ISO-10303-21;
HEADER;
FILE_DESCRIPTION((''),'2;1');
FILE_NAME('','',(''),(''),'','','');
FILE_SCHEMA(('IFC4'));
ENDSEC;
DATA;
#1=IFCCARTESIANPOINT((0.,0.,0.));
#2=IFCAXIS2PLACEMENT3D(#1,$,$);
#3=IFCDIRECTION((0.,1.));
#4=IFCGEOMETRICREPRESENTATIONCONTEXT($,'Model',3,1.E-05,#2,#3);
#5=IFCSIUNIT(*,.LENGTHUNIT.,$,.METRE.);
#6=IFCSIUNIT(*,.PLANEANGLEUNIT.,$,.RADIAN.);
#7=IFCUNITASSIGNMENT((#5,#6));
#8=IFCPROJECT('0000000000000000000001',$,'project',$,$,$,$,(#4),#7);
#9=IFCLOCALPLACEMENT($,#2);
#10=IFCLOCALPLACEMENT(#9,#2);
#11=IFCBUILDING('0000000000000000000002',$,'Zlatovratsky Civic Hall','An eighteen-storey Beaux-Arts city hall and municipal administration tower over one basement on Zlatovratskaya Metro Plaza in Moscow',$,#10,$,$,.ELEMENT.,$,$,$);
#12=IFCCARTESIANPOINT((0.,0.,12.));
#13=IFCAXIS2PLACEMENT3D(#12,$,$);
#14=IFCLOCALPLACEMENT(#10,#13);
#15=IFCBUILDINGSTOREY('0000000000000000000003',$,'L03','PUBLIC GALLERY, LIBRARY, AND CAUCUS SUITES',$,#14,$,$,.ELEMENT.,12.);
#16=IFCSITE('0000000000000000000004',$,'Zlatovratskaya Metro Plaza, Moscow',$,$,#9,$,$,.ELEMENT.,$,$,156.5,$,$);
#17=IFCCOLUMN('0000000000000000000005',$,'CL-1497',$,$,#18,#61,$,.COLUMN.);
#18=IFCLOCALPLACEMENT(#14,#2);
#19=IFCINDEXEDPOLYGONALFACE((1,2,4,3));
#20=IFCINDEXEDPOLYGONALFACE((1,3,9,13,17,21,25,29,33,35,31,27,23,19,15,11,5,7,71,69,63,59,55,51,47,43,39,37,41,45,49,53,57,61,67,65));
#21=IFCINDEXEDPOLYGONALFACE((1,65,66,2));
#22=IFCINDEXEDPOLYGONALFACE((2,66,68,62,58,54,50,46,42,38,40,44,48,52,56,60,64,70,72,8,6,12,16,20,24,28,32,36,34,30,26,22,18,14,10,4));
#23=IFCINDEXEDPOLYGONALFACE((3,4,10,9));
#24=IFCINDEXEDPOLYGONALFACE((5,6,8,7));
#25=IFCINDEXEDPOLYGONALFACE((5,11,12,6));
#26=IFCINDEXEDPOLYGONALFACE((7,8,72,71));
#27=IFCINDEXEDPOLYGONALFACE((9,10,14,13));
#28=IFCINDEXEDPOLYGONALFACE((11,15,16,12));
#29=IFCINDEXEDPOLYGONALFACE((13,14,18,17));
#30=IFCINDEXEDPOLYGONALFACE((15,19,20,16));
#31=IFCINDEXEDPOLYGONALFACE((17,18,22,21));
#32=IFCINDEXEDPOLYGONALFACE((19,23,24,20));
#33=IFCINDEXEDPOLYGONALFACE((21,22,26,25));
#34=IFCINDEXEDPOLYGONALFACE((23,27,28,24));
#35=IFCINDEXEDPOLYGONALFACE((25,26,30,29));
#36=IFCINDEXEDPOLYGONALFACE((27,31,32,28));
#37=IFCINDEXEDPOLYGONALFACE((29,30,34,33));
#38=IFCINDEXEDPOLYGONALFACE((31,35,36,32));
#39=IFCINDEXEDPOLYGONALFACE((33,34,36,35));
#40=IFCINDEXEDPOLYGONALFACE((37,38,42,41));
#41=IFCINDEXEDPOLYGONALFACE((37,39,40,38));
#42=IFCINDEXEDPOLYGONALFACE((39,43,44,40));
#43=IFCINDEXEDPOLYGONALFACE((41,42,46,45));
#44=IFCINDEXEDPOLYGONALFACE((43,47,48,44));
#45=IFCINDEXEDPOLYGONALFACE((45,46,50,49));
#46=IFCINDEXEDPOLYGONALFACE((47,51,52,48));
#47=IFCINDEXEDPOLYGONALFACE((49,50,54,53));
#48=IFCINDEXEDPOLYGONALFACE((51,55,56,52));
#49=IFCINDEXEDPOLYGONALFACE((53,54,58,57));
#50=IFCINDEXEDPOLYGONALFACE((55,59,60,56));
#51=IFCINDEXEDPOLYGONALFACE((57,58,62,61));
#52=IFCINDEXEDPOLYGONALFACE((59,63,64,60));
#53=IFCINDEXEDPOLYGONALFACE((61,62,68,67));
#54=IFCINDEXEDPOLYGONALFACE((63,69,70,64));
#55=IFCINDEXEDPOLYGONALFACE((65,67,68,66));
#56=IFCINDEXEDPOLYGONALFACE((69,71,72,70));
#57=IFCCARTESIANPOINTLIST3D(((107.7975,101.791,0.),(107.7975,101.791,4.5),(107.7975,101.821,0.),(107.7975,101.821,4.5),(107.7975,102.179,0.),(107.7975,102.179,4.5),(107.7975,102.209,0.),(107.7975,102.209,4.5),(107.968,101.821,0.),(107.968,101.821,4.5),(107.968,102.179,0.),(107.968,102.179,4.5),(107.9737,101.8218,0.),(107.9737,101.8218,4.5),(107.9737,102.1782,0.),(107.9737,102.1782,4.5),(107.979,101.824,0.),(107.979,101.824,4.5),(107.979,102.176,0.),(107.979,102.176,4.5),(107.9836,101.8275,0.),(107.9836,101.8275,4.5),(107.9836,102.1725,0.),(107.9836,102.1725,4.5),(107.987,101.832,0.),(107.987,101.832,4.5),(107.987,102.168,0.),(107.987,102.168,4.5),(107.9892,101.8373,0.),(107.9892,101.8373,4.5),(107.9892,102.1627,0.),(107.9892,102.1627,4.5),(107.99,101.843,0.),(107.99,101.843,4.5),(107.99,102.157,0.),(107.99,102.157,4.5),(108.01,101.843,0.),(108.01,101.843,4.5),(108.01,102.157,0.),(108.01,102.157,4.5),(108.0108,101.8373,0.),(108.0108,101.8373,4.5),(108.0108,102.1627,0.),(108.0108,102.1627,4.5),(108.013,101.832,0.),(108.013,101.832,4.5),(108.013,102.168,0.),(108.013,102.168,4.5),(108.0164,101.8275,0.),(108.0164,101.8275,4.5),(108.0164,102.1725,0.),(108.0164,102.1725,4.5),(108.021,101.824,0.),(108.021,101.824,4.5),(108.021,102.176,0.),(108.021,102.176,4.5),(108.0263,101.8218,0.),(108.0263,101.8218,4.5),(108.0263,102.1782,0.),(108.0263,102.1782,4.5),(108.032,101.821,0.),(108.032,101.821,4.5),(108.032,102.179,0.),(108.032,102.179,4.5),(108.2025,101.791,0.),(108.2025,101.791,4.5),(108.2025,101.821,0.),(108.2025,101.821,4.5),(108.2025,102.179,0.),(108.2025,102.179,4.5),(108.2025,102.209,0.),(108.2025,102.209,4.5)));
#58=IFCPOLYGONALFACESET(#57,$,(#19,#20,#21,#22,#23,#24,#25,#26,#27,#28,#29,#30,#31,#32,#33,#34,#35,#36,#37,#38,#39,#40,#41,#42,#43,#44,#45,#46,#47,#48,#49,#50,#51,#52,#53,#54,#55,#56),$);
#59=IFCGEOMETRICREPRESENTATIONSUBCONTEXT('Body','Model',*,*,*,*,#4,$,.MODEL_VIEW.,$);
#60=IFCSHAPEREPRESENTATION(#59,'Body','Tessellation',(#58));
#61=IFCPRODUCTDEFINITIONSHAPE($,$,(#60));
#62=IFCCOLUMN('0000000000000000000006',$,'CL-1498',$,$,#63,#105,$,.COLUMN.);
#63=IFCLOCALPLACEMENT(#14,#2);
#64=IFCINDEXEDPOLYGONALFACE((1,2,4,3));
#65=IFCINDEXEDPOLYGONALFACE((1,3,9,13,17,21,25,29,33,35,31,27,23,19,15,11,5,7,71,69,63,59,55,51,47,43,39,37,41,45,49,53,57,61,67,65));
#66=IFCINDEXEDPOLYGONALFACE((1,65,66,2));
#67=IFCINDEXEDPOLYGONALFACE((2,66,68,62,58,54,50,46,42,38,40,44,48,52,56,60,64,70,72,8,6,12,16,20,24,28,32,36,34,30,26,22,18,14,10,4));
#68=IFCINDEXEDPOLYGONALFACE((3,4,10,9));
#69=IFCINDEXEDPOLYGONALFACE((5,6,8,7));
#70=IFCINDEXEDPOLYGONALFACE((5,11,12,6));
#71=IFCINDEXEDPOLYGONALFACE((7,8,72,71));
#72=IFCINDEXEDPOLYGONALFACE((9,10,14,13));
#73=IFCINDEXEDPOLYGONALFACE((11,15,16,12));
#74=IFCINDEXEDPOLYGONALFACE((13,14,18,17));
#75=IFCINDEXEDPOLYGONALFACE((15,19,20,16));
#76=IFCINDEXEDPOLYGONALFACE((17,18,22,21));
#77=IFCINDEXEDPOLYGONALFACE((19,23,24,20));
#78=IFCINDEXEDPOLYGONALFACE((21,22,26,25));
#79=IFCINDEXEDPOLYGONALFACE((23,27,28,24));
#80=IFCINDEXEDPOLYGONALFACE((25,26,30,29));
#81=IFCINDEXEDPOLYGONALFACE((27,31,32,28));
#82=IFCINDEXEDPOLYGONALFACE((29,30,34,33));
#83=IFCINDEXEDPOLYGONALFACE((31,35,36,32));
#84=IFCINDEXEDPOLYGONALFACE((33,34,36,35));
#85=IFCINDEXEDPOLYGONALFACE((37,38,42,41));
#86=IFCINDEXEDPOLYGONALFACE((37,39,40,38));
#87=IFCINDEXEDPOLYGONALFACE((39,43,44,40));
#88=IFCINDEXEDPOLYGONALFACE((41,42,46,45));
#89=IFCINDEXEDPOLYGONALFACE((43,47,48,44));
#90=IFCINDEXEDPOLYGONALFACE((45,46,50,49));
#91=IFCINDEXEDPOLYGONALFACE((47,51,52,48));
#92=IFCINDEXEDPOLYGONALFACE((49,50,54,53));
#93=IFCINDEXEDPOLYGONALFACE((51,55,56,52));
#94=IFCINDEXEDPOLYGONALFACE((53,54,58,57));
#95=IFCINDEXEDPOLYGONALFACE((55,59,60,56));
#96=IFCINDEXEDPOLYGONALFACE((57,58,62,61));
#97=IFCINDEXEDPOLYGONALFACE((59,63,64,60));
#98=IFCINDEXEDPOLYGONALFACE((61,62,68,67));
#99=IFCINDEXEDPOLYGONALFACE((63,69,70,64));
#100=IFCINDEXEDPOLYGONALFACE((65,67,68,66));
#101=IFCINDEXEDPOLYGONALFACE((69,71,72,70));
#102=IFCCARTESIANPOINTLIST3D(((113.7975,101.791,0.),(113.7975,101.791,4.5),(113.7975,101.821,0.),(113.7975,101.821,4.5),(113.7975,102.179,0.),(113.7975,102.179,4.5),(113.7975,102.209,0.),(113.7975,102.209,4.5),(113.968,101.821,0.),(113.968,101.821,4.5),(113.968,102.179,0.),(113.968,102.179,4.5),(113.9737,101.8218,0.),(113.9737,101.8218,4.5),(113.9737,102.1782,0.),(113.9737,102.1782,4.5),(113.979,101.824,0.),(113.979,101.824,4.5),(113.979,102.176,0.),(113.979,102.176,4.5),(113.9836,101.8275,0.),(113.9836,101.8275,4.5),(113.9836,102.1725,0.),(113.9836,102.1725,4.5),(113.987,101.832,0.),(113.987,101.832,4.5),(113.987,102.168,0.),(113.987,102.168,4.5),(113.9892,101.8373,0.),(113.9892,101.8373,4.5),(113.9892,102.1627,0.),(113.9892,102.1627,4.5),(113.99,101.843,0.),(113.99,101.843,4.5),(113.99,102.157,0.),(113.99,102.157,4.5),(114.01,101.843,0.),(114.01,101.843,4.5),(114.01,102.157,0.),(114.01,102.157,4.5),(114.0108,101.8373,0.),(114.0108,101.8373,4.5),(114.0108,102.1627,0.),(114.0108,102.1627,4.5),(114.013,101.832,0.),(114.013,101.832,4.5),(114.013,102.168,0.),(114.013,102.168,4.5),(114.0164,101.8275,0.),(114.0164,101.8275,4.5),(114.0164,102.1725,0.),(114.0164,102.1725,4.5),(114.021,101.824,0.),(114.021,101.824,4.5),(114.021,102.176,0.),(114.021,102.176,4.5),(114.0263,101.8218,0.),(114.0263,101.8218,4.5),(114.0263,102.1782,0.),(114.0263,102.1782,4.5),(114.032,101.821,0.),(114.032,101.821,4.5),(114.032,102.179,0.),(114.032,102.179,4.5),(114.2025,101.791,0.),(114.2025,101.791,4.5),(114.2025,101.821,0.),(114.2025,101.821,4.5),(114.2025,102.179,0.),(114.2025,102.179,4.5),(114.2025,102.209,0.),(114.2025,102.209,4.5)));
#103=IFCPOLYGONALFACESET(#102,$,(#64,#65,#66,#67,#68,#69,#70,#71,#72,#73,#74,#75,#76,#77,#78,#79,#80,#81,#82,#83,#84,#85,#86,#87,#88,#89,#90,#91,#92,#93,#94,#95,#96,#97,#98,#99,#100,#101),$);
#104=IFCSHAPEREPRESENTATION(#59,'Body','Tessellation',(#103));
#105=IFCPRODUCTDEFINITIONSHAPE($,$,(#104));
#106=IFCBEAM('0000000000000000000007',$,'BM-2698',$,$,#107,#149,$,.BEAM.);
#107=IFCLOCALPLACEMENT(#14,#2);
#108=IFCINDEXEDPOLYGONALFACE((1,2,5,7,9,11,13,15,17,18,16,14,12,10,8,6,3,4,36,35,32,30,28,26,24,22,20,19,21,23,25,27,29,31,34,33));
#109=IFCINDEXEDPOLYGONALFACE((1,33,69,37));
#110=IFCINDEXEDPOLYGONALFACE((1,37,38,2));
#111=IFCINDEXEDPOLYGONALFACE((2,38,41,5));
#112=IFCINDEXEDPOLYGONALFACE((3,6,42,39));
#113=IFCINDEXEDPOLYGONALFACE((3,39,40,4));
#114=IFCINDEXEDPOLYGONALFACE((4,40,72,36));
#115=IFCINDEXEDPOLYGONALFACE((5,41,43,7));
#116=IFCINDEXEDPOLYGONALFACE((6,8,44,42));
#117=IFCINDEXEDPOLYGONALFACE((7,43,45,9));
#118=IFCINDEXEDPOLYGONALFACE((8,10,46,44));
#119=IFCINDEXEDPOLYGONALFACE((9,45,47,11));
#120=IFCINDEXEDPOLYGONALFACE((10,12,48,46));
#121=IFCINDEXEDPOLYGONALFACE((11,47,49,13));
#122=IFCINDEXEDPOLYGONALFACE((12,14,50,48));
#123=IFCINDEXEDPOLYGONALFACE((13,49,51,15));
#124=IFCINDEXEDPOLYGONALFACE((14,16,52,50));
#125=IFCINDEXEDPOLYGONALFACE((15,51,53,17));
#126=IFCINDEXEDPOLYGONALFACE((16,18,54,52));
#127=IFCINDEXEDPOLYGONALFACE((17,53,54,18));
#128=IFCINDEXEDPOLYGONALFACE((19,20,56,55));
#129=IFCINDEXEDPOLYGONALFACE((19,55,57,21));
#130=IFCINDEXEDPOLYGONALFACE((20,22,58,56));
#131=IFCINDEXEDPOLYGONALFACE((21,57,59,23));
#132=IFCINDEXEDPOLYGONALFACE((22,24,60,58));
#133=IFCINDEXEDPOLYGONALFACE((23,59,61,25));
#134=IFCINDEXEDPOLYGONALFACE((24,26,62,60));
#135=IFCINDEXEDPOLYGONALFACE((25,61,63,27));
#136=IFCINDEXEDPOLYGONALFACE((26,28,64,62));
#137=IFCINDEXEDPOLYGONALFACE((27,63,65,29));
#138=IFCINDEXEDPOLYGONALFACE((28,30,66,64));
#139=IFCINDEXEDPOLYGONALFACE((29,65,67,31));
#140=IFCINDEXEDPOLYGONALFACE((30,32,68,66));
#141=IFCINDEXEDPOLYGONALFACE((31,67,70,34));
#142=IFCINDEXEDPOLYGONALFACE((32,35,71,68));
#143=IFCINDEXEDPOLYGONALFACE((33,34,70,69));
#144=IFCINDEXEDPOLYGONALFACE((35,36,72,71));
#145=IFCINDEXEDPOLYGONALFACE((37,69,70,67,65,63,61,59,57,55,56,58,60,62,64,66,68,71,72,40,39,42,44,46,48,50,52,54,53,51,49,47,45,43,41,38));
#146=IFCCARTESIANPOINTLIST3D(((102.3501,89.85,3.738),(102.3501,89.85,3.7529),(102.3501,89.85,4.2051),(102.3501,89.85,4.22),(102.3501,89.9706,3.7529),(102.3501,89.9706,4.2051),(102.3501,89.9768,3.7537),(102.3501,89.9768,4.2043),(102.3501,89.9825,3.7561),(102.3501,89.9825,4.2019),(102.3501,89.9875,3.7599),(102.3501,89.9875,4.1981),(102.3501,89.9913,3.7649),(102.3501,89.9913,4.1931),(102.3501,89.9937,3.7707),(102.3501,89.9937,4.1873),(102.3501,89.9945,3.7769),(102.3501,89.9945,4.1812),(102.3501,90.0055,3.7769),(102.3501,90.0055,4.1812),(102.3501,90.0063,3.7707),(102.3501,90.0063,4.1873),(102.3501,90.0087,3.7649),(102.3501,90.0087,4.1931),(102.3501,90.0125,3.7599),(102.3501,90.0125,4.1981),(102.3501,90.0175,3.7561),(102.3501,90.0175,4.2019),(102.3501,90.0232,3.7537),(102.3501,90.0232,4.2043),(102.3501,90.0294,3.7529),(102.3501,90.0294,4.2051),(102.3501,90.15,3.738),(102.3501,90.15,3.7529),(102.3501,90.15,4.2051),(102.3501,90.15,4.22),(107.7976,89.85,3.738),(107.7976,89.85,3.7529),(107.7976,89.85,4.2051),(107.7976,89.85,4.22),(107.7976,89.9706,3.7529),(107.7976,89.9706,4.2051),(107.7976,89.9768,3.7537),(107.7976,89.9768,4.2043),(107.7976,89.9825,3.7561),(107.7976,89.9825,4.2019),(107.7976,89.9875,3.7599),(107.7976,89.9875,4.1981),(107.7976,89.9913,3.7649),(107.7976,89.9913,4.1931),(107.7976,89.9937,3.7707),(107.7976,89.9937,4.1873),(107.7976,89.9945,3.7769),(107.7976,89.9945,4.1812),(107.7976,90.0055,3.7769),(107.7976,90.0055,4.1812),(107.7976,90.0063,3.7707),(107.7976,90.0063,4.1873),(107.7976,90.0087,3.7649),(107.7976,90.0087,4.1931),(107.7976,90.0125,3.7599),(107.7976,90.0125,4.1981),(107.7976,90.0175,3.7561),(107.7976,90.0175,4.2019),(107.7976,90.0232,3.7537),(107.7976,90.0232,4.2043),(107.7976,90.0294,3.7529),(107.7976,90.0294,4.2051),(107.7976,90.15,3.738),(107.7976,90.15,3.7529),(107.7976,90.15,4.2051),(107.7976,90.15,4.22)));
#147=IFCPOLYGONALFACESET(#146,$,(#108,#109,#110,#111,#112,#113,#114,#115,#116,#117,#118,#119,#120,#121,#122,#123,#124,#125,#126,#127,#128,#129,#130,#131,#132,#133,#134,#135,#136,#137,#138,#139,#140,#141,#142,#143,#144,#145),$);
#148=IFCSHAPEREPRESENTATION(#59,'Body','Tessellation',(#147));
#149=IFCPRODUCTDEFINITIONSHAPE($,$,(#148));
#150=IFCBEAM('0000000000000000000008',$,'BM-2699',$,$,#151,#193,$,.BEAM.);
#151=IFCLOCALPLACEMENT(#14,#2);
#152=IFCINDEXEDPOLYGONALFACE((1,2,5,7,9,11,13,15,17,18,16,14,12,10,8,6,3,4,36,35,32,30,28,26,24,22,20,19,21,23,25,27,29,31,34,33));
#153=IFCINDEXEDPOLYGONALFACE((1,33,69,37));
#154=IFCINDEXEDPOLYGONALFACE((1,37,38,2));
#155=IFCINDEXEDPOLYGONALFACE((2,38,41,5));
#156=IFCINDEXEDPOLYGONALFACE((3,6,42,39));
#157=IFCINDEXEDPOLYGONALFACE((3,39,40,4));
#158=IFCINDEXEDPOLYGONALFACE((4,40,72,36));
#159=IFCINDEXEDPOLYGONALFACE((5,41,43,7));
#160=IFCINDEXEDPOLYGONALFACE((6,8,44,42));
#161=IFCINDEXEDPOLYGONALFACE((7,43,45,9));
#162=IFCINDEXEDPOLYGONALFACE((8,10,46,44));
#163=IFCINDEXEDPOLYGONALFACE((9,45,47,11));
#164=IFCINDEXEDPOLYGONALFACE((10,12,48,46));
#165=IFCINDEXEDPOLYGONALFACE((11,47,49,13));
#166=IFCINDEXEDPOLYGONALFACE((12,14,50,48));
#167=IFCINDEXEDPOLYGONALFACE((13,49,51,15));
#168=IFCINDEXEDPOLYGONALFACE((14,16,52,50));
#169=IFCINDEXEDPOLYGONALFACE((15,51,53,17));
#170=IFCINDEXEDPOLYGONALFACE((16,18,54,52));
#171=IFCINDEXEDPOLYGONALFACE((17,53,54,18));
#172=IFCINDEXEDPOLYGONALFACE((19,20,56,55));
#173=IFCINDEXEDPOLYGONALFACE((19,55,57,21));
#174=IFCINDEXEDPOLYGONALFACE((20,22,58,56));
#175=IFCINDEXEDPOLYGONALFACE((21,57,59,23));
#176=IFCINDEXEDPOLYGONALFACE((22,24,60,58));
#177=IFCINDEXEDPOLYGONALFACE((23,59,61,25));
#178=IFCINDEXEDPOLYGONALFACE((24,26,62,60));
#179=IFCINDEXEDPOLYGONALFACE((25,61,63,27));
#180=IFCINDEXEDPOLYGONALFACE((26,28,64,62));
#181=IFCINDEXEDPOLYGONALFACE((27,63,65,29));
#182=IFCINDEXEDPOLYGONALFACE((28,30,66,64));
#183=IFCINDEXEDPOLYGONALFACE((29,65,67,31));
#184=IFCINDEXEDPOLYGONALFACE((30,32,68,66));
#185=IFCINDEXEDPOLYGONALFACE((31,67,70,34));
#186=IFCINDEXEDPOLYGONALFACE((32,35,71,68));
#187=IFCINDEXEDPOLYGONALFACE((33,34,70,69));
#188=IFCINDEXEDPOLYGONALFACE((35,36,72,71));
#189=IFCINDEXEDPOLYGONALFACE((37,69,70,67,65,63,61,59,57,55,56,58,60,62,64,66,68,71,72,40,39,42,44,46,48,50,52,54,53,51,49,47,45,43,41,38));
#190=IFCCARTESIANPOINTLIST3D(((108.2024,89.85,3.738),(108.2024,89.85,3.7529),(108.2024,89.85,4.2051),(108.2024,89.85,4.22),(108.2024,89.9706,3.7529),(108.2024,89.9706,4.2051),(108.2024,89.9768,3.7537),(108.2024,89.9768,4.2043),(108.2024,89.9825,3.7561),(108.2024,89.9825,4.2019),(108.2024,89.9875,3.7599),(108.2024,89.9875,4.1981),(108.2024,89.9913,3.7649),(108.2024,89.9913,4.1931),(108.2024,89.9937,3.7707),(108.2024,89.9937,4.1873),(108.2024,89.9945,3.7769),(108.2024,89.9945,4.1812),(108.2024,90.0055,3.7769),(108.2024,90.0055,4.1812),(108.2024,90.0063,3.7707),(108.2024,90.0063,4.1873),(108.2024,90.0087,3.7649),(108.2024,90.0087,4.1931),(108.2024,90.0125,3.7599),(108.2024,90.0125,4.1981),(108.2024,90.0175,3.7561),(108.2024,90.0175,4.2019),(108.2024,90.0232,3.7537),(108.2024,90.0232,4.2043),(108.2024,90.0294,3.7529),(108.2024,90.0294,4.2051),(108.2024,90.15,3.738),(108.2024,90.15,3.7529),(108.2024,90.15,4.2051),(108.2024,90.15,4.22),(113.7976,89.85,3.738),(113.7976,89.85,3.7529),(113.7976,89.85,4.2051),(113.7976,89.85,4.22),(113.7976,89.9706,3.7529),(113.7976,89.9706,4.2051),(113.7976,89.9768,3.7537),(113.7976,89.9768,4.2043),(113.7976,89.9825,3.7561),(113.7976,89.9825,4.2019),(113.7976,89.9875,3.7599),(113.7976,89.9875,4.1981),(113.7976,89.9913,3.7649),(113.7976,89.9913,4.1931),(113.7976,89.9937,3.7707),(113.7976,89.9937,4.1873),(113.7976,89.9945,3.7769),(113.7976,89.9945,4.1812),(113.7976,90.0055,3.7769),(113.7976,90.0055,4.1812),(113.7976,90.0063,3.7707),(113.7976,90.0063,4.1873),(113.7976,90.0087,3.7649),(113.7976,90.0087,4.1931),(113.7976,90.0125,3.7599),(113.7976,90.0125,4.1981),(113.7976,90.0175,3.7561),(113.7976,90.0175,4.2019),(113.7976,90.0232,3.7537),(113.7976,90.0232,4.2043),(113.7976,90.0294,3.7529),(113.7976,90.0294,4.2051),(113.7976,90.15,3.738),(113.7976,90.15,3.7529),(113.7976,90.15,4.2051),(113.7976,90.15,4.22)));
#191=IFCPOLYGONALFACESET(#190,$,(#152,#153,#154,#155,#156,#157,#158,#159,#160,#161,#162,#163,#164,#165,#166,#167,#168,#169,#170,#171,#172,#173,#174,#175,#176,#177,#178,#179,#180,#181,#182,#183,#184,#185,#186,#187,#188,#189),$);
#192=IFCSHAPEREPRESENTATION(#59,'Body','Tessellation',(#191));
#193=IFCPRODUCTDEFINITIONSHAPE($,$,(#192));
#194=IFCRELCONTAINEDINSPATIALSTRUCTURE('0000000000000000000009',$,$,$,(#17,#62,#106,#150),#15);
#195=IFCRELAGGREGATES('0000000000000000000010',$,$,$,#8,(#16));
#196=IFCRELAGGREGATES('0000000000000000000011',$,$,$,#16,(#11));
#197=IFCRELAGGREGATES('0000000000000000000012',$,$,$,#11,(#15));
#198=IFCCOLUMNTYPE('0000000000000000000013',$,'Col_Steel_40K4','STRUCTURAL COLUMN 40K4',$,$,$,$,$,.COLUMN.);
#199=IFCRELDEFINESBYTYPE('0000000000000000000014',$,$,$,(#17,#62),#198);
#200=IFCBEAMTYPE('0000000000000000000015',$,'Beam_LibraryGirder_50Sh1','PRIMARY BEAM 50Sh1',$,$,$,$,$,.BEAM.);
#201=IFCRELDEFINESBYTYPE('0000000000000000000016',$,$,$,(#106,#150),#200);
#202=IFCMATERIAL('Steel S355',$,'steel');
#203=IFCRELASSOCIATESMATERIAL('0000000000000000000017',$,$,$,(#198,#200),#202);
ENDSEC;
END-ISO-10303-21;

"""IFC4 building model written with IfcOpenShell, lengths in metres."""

from ifc_helpers import new_model, si_unit, direction, frame, origin, origin_2d, place, context, subcontext, project, spatial, i_section, extrude, material, material_profile, profile_set, type_object, element, save


model = new_model("IFC4")

# Units and contexts
model_context = context("Model", 3, precision=1e-05, world=origin(), true_north=direction((0.0, 1.0)))
body_context = subcontext(model_context, "Body", "Model", "MODEL_VIEW")
ifc_project = project(units=[si_unit("LENGTHUNIT", "METRE"), si_unit("PLANEANGLEUNIT", "RADIAN")], contexts=[model_context])

# Site, building, storey
site_placement = place(None, origin())
site = spatial("IfcSite", under=ifc_project, at=site_placement, Name="Zlatovratskaya Metro Plaza, Moscow", CompositionType="ELEMENT", RefElevation=156.5)
building_placement = place(site_placement, origin())
building = spatial("IfcBuilding", under=site, at=building_placement, Name="Zlatovratsky Civic Hall", Description="An eighteen-storey Beaux-Arts city hall and municipal administration tower over one basement on Zlatovratskaya Metro Plaza in Moscow", CompositionType="ELEMENT")
storey_placement = place(building_placement, frame((0.0, 0.0, 12.0)))
storey = spatial("IfcBuildingStorey", under=building, at=storey_placement, Name="L03", Description="PUBLIC GALLERY, LIBRARY, AND CAUCUS SUITES", CompositionType="ELEMENT", Elevation=12.0)

# Columns
ifc_material_1 = material(Name="Steel S355", Category="steel")
ifc_material_profile_1 = material_profile(ifc_material_1, i_section(OverallWidth=0.405, OverallDepth=0.418, WebThickness=0.02, FlangeThickness=0.03, FilletRadius=0.022, at=origin_2d()), Name="40K4")
ifc_profile_set_1 = profile_set([ifc_material_profile_1], Name="Steel S355")
column_type_1 = type_object("IfcColumnType", Name="Col_Steel_40K4", Description="STRUCTURAL COLUMN 40K4", PredefinedType="COLUMN", material=ifc_profile_set_1)
for number, where, z_axis, x_axis, name in (
    (1, (108.0, 102.0, 0.0), (0.0, 0.0, 1.0), (1.0, 0.0, 0.0), "CL-1497"),
    (2, (114.0, 102.0, 0.0), (0.0, 0.0, 1.0), (1.0, 0.0, 0.0), "CL-1498"),
):
    element("IfcColumn", number, at=place(storey_placement, frame(where, z_axis=z_axis, x_axis=x_axis)), inside=storey, type_object=column_type_1, Name=name, PredefinedType="COLUMN", context=body_context, shape_type="SweptSolid", body=[
        extrude(i_section(OverallWidth=0.405, OverallDepth=0.418, WebThickness=0.02, FlangeThickness=0.03, FilletRadius=0.022, at=origin_2d()), origin(), (0.0, 0.0, 1.0), 4.5),
    ])

# Beams
ifc_material_profile_2 = material_profile(ifc_material_1, i_section(OverallWidth=0.3, OverallDepth=0.4819, WebThickness=0.011, FlangeThickness=0.0149, FilletRadius=0.0239, at=origin_2d()), Name="50Sh1")
ifc_profile_set_2 = profile_set([ifc_material_profile_2], Name="Steel S355")
beam_type_1 = type_object("IfcBeamType", Name="Beam_LibraryGirder_50Sh1", Description="PRIMARY BEAM 50Sh1", PredefinedType="BEAM", material=ifc_profile_set_2)
beam_1_placement = place(storey_placement, frame((102.3501, 90.0, 3.979), z_axis=(1.0, 0.0, 0.0), x_axis=(0.0, 1.0, 0.0)))
element("IfcBeam", 3, at=beam_1_placement, inside=storey, type_object=beam_type_1, Name="BM-2698", PredefinedType="BEAM", context=body_context, shape_type="SweptSolid", body=[
    extrude(i_section(OverallWidth=0.3, OverallDepth=0.4819, WebThickness=0.011, FlangeThickness=0.0149, FilletRadius=0.0239, at=origin_2d()), origin(), (0.0, 0.0, 1.0), 5.4475),
])
beam_2_placement = place(storey_placement, frame((108.2024, 90.0, 3.979), z_axis=(1.0, 0.0, 0.0), x_axis=(0.0, 1.0, 0.0)))
element("IfcBeam", 4, at=beam_2_placement, inside=storey, type_object=beam_type_1, Name="BM-2699", PredefinedType="BEAM", context=body_context, shape_type="SweptSolid", body=[
    extrude(i_section(OverallWidth=0.3, OverallDepth=0.4819, WebThickness=0.011, FlangeThickness=0.0149, FilletRadius=0.0239, at=origin_2d()), origin(), (0.0, 0.0, 1.0), 5.5952),
])

save(model, "model.ifc")
